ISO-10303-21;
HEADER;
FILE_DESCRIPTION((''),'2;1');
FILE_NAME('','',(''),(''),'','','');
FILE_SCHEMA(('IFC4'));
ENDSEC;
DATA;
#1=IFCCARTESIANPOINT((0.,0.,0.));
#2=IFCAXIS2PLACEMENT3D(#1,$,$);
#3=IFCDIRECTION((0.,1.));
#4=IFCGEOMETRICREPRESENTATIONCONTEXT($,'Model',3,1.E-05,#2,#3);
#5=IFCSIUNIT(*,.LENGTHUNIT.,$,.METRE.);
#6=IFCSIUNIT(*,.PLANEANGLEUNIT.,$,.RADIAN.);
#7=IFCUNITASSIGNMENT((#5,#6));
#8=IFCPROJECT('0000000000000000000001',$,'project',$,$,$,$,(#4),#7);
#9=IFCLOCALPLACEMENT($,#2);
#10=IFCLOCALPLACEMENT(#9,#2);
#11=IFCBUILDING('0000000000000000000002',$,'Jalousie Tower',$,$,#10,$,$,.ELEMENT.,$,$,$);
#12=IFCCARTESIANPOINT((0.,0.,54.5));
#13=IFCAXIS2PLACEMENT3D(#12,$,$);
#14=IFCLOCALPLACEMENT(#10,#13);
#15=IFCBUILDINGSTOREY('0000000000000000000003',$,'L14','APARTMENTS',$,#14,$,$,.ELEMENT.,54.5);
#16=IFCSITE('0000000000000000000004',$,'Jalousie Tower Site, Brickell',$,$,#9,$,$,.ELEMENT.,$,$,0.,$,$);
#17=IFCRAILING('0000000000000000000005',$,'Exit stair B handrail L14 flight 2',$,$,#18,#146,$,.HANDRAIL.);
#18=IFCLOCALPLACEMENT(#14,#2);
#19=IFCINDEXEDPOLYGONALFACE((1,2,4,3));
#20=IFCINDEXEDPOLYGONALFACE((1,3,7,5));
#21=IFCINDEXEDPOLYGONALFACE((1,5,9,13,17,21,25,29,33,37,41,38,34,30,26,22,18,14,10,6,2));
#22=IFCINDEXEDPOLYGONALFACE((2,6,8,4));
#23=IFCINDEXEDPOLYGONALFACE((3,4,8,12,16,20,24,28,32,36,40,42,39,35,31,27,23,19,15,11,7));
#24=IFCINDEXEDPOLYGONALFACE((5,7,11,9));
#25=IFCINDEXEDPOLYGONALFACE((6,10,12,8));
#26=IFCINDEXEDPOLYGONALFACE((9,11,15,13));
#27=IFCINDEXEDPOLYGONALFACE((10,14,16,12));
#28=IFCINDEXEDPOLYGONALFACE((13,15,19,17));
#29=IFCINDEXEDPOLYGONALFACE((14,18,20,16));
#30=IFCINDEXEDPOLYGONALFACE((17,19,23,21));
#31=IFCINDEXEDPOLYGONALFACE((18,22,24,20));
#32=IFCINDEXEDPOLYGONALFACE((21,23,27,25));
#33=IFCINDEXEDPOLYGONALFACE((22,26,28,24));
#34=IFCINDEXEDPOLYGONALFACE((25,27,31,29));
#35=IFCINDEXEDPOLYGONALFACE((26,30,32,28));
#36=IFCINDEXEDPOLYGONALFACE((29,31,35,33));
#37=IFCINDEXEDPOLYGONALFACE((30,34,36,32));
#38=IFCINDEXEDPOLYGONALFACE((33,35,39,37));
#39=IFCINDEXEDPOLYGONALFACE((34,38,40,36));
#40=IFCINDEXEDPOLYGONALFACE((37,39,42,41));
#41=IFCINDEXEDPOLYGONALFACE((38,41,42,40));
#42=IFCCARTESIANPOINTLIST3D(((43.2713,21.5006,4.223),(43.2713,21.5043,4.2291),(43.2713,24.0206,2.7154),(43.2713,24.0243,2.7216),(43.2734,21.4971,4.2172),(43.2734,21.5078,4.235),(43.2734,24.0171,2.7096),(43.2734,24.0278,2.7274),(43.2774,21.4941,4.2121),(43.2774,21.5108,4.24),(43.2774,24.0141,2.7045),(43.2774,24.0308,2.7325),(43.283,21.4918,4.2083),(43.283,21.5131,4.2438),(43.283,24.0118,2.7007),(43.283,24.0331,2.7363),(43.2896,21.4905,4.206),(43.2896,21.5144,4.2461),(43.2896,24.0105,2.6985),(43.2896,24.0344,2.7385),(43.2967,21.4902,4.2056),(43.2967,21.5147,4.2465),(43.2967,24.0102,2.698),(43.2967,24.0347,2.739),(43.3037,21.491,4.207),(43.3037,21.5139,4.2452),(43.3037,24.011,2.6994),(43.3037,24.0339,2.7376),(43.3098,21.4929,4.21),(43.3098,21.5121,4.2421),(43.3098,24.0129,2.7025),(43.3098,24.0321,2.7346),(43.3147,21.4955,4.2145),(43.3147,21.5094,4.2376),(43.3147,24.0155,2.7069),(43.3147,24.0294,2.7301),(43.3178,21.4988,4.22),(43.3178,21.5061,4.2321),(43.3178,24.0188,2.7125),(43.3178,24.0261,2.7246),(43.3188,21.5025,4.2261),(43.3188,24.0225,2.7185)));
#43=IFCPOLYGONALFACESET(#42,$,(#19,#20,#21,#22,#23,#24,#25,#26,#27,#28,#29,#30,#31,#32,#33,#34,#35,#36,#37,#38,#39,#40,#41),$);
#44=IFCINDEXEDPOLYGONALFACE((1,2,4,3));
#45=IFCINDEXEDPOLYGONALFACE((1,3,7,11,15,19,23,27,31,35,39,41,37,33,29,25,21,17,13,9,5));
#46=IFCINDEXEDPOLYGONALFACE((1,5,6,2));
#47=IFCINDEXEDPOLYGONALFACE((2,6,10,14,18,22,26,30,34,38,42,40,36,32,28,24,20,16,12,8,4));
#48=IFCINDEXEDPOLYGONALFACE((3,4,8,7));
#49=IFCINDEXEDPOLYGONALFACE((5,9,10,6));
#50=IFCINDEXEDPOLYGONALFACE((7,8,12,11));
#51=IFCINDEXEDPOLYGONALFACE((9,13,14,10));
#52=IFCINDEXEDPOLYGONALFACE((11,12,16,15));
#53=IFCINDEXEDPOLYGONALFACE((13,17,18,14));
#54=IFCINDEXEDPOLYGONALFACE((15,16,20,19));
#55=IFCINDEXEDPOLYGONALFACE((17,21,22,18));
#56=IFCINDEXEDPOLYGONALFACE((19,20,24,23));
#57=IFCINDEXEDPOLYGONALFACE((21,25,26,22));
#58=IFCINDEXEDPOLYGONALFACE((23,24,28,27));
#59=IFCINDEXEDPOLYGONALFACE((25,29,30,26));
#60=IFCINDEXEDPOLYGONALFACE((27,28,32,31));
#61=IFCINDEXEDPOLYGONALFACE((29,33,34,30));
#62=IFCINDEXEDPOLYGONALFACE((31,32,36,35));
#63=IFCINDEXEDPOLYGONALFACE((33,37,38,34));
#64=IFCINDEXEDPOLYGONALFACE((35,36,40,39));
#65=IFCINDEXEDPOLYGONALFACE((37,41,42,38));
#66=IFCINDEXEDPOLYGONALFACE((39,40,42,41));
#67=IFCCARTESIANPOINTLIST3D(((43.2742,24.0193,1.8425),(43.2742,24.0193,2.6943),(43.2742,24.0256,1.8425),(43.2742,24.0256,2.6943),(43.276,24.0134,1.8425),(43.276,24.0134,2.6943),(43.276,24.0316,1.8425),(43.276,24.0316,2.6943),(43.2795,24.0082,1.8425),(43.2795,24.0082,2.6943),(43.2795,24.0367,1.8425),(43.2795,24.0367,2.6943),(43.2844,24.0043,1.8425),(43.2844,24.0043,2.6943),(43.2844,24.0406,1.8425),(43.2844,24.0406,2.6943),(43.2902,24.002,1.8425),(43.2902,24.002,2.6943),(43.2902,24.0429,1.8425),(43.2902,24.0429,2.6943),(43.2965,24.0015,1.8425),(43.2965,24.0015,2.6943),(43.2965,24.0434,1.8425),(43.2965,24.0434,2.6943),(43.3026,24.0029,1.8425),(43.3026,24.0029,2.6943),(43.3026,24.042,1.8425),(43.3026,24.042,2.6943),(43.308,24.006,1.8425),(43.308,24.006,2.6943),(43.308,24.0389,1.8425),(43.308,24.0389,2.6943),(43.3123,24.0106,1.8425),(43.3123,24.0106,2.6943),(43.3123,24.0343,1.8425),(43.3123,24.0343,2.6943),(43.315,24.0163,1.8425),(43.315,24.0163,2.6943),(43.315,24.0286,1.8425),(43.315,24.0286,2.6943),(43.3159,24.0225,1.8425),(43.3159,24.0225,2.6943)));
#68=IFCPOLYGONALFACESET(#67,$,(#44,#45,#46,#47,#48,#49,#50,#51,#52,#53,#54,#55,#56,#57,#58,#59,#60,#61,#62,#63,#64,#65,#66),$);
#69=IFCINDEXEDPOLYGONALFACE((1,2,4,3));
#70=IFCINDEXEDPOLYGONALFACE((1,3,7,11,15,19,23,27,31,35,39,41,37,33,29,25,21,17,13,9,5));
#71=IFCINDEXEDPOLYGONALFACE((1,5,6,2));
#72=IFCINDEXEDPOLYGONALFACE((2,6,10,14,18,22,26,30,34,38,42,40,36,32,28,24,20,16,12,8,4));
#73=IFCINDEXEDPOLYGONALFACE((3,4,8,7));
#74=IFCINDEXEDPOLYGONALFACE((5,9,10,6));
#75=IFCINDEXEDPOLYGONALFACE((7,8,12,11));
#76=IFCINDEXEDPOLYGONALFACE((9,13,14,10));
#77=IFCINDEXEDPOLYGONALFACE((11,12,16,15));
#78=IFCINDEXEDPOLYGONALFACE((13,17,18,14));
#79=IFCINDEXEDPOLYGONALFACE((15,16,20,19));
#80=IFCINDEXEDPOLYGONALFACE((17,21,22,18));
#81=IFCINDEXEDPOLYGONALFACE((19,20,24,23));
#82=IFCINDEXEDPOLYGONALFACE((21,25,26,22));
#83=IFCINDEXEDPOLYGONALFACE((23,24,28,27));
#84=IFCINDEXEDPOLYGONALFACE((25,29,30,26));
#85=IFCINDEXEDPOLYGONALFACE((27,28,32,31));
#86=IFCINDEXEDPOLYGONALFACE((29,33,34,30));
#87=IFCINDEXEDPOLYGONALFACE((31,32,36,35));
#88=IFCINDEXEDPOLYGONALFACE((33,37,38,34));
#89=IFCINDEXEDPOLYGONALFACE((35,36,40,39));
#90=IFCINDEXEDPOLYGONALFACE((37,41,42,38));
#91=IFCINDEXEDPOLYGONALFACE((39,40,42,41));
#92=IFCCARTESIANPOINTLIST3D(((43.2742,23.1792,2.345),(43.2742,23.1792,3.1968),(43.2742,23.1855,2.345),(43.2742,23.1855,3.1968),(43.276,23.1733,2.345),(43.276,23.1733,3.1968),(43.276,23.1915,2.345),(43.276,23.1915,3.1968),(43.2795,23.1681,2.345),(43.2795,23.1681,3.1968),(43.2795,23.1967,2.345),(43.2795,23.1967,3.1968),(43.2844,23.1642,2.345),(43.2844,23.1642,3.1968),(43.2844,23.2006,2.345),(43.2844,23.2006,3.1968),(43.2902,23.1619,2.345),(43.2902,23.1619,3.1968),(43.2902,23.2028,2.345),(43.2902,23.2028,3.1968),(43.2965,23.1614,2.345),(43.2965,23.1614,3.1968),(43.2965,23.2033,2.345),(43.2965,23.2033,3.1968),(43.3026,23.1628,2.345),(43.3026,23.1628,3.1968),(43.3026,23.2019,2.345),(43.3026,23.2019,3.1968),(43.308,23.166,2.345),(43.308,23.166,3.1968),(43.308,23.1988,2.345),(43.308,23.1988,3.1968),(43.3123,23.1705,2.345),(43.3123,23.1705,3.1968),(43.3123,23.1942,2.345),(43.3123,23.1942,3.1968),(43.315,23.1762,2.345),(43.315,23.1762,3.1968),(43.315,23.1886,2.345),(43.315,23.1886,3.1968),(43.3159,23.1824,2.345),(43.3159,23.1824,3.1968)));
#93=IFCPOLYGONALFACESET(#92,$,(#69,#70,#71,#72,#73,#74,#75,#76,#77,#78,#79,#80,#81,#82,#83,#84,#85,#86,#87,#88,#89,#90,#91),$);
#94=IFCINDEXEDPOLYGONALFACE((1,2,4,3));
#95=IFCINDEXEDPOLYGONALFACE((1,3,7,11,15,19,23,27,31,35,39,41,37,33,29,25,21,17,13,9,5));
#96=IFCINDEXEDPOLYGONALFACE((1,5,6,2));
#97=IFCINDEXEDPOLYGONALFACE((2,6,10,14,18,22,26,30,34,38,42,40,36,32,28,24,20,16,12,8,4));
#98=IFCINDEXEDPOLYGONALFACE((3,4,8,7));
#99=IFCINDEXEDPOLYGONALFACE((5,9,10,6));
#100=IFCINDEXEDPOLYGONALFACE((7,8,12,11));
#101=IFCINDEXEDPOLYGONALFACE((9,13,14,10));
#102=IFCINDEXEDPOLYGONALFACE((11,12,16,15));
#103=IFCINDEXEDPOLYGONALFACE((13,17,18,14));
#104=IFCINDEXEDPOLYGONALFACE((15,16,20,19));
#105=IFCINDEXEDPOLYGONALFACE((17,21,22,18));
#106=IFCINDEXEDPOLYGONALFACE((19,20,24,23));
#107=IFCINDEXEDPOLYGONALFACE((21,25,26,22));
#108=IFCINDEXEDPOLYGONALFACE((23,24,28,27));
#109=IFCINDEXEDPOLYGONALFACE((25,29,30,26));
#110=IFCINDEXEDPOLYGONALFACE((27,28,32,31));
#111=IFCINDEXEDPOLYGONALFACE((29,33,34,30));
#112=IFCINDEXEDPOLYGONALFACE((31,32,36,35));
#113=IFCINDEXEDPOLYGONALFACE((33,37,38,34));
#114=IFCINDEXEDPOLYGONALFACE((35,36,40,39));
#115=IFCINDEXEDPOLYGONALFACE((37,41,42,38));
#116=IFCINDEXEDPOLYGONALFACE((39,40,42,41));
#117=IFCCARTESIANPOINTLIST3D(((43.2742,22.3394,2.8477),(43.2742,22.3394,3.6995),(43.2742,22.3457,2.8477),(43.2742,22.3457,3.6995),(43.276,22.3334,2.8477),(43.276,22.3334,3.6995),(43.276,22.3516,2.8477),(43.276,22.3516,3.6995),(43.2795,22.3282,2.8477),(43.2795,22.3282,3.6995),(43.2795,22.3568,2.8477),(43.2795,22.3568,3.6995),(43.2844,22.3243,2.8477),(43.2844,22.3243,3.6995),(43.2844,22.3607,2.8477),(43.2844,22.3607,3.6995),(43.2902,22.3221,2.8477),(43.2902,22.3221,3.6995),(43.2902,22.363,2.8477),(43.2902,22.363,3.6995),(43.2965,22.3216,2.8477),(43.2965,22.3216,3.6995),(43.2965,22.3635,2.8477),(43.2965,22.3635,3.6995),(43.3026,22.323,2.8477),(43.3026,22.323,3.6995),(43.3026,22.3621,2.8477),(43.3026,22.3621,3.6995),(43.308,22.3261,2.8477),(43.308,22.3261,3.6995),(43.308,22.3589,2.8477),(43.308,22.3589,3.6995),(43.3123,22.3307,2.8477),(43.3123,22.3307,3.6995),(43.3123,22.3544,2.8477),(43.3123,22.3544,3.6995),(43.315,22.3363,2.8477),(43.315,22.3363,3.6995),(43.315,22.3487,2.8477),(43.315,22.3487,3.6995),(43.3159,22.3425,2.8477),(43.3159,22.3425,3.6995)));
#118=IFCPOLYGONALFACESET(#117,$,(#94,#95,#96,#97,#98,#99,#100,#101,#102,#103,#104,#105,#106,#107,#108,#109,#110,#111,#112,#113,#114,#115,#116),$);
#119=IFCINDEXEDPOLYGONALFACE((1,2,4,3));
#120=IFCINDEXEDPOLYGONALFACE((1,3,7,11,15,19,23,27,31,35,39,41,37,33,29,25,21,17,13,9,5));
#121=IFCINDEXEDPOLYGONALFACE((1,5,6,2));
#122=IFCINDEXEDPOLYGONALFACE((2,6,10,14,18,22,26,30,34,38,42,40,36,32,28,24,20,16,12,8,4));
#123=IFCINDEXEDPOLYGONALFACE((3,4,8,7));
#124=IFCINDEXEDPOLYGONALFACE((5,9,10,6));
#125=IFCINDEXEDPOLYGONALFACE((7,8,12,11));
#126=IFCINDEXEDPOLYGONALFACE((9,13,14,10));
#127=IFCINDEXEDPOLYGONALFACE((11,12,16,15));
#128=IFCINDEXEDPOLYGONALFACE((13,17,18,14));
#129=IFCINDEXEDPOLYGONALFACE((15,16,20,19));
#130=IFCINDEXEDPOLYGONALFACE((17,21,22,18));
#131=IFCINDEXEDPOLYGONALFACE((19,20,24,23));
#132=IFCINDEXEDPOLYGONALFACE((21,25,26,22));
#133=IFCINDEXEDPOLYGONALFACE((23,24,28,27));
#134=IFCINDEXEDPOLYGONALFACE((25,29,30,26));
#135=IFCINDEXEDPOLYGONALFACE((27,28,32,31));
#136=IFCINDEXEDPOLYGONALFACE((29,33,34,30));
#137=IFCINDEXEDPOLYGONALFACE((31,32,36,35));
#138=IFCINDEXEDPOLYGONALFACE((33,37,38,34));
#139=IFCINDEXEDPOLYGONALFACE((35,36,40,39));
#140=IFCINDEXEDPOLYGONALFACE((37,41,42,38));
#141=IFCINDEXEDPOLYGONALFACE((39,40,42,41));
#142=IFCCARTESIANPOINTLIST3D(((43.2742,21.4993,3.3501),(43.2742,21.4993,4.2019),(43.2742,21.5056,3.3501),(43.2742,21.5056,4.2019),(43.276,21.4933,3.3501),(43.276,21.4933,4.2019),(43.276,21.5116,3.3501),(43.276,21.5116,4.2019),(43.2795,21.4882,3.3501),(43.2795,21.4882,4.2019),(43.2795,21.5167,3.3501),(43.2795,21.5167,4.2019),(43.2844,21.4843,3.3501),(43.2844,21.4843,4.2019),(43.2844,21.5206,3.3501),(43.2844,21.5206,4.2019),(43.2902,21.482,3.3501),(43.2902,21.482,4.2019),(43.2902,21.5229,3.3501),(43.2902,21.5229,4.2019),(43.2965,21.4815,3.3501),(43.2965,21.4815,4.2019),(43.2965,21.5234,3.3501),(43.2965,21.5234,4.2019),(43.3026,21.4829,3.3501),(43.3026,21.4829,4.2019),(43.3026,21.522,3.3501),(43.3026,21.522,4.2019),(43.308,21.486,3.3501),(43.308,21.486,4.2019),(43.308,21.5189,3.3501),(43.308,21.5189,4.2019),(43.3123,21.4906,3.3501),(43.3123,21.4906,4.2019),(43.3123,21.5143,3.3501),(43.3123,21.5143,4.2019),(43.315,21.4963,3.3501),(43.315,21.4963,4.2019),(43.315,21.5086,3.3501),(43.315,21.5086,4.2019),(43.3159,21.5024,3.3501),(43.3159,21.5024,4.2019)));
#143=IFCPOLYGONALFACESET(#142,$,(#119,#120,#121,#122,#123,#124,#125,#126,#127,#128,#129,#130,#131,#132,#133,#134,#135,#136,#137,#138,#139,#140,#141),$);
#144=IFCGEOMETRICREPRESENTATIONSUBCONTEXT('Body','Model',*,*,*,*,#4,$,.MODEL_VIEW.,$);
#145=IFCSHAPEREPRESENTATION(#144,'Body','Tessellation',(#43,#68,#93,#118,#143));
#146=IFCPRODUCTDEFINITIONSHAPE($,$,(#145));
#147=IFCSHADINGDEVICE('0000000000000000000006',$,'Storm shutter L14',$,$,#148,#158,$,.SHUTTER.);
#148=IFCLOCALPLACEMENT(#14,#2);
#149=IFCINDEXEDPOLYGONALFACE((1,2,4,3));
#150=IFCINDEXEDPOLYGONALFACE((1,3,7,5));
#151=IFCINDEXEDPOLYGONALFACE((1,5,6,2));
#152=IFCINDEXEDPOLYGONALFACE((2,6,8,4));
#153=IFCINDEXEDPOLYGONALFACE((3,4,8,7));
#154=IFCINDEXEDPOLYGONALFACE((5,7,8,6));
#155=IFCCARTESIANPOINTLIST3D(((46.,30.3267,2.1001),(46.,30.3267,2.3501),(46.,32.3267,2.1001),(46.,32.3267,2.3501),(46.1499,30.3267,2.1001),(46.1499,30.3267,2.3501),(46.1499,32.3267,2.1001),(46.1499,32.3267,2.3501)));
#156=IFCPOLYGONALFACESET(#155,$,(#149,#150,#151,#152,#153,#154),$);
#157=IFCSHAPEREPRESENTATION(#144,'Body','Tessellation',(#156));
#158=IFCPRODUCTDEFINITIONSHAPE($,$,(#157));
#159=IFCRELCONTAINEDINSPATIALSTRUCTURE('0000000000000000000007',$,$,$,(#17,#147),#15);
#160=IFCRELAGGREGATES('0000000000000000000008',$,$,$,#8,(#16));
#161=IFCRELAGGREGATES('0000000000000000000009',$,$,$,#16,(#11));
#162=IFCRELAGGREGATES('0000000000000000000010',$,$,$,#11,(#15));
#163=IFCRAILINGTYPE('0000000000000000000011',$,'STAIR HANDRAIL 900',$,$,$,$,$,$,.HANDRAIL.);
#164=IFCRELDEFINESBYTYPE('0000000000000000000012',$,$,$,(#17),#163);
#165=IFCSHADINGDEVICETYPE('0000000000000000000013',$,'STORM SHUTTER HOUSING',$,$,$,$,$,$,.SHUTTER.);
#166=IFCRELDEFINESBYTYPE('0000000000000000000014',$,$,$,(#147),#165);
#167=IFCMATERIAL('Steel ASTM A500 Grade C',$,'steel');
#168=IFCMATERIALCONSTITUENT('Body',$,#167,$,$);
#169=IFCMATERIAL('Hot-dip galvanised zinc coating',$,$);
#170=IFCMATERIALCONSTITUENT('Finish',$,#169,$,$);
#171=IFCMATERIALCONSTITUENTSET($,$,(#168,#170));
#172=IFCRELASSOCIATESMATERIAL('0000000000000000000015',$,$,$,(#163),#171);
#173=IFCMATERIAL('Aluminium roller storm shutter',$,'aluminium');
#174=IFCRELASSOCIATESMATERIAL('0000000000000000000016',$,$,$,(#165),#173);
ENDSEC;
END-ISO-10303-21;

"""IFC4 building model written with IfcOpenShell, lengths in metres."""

from ifc_helpers import new_model, si_unit, direction, frame, origin, origin_2d, place, context, subcontext, project, spatial, rectangle, circle, extrude, material, constituent, constituent_set, type_object, element, save


model = new_model("IFC4")

# Units and contexts
model_context = context("Model", 3, precision=1e-05, world=origin(), true_north=direction((0.0, 1.0)))
body_context = subcontext(model_context, "Body", "Model", "MODEL_VIEW")
ifc_project = project(units=[si_unit("LENGTHUNIT", "METRE"), si_unit("PLANEANGLEUNIT", "RADIAN")], contexts=[model_context])

# Site, building, storey
site_placement = place(None, origin())
site = spatial("IfcSite", under=ifc_project, at=site_placement, Name="Jalousie Tower Site, Brickell", CompositionType="ELEMENT", RefElevation=0.0)
building_placement = place(site_placement, origin())
building = spatial("IfcBuilding", under=site, at=building_placement, Name="Jalousie Tower", CompositionType="ELEMENT")
storey_placement = place(building_placement, frame((0.0, 0.0, 54.5)))
storey = spatial("IfcBuildingStorey", under=building, at=storey_placement, Name="L14", Description="APARTMENTS", CompositionType="ELEMENT", Elevation=54.5)

# Railing
ifc_material_1 = material(Name="Steel ASTM A500 Grade C", Category="steel")
ifc_constituent_1 = constituent(ifc_material_1, Name="Body")
ifc_material_2 = material(Name="Hot-dip galvanised zinc coating")
ifc_constituent_2 = constituent(ifc_material_2, Name="Finish")
ifc_constituent_set_1 = constituent_set(constituents=[ifc_constituent_1, ifc_constituent_2])
railing_type_1 = type_object("IfcRailingType", Name="STAIR HANDRAIL 900", PredefinedType="HANDRAIL", material=ifc_constituent_set_1)
railing_1_placement = place(storey_placement, frame((43.2949, 24.0225, 1.8425)))
element("IfcRailing", 1, at=railing_1_placement, inside=storey, type_object=railing_type_1, Name="Exit stair B handrail L14 flight 2", PredefinedType="HANDRAIL", context=body_context, shape_type="SweptSolid", body=[
    extrude(circle(Radius=0.0239, at=origin_2d()), frame((0.0, 0.0, 0.876), z_axis=(0.0, -0.85816, 0.513383), x_axis=(1.0, 0.0, 0.0)), (0.0, 0.0, 1.0), 2.9365),
    extrude(circle(Radius=0.021, at=origin_2d()), origin(), (0.0, 0.0, 1.0), 0.8518),
    extrude(circle(Radius=0.021, at=origin_2d()), frame((0.0, -0.8401, 0.5024)), (0.0, 0.0, 1.0), 0.8518),
    extrude(circle(Radius=0.021, at=origin_2d()), frame((0.0, -1.6799, 1.0051)), (0.0, 0.0, 1.0), 0.8518),
    extrude(circle(Radius=0.021, at=origin_2d()), frame((0.0, -2.52, 1.5076)), (0.0, 0.0, 1.0), 0.8518),
])

# Shading device
ifc_material_3 = material(Name="Aluminium roller storm shutter", Category="aluminium")
shading_device_type = type_object("IfcShadingDeviceType", Name="STORM SHUTTER HOUSING", PredefinedType="SHUTTER", material=ifc_material_3)
shading_device_placement = place(storey_placement, frame((46.075, 31.3267, 2.1001), z_axis=(0.0, 0.0, 1.0), x_axis=(0.0, 1.0, 0.0)))
element("IfcShadingDevice", 2, at=shading_device_placement, inside=storey, type_object=shading_device_type, Name="Storm shutter L14", PredefinedType="SHUTTER", context=body_context, shape_type="SweptSolid", body=[
    extrude(rectangle(XDim=2.0, YDim=0.1499, at=origin_2d()), origin(), (0.0, 0.0, 1.0), 0.25),
])

save(model, "model.ifc")
